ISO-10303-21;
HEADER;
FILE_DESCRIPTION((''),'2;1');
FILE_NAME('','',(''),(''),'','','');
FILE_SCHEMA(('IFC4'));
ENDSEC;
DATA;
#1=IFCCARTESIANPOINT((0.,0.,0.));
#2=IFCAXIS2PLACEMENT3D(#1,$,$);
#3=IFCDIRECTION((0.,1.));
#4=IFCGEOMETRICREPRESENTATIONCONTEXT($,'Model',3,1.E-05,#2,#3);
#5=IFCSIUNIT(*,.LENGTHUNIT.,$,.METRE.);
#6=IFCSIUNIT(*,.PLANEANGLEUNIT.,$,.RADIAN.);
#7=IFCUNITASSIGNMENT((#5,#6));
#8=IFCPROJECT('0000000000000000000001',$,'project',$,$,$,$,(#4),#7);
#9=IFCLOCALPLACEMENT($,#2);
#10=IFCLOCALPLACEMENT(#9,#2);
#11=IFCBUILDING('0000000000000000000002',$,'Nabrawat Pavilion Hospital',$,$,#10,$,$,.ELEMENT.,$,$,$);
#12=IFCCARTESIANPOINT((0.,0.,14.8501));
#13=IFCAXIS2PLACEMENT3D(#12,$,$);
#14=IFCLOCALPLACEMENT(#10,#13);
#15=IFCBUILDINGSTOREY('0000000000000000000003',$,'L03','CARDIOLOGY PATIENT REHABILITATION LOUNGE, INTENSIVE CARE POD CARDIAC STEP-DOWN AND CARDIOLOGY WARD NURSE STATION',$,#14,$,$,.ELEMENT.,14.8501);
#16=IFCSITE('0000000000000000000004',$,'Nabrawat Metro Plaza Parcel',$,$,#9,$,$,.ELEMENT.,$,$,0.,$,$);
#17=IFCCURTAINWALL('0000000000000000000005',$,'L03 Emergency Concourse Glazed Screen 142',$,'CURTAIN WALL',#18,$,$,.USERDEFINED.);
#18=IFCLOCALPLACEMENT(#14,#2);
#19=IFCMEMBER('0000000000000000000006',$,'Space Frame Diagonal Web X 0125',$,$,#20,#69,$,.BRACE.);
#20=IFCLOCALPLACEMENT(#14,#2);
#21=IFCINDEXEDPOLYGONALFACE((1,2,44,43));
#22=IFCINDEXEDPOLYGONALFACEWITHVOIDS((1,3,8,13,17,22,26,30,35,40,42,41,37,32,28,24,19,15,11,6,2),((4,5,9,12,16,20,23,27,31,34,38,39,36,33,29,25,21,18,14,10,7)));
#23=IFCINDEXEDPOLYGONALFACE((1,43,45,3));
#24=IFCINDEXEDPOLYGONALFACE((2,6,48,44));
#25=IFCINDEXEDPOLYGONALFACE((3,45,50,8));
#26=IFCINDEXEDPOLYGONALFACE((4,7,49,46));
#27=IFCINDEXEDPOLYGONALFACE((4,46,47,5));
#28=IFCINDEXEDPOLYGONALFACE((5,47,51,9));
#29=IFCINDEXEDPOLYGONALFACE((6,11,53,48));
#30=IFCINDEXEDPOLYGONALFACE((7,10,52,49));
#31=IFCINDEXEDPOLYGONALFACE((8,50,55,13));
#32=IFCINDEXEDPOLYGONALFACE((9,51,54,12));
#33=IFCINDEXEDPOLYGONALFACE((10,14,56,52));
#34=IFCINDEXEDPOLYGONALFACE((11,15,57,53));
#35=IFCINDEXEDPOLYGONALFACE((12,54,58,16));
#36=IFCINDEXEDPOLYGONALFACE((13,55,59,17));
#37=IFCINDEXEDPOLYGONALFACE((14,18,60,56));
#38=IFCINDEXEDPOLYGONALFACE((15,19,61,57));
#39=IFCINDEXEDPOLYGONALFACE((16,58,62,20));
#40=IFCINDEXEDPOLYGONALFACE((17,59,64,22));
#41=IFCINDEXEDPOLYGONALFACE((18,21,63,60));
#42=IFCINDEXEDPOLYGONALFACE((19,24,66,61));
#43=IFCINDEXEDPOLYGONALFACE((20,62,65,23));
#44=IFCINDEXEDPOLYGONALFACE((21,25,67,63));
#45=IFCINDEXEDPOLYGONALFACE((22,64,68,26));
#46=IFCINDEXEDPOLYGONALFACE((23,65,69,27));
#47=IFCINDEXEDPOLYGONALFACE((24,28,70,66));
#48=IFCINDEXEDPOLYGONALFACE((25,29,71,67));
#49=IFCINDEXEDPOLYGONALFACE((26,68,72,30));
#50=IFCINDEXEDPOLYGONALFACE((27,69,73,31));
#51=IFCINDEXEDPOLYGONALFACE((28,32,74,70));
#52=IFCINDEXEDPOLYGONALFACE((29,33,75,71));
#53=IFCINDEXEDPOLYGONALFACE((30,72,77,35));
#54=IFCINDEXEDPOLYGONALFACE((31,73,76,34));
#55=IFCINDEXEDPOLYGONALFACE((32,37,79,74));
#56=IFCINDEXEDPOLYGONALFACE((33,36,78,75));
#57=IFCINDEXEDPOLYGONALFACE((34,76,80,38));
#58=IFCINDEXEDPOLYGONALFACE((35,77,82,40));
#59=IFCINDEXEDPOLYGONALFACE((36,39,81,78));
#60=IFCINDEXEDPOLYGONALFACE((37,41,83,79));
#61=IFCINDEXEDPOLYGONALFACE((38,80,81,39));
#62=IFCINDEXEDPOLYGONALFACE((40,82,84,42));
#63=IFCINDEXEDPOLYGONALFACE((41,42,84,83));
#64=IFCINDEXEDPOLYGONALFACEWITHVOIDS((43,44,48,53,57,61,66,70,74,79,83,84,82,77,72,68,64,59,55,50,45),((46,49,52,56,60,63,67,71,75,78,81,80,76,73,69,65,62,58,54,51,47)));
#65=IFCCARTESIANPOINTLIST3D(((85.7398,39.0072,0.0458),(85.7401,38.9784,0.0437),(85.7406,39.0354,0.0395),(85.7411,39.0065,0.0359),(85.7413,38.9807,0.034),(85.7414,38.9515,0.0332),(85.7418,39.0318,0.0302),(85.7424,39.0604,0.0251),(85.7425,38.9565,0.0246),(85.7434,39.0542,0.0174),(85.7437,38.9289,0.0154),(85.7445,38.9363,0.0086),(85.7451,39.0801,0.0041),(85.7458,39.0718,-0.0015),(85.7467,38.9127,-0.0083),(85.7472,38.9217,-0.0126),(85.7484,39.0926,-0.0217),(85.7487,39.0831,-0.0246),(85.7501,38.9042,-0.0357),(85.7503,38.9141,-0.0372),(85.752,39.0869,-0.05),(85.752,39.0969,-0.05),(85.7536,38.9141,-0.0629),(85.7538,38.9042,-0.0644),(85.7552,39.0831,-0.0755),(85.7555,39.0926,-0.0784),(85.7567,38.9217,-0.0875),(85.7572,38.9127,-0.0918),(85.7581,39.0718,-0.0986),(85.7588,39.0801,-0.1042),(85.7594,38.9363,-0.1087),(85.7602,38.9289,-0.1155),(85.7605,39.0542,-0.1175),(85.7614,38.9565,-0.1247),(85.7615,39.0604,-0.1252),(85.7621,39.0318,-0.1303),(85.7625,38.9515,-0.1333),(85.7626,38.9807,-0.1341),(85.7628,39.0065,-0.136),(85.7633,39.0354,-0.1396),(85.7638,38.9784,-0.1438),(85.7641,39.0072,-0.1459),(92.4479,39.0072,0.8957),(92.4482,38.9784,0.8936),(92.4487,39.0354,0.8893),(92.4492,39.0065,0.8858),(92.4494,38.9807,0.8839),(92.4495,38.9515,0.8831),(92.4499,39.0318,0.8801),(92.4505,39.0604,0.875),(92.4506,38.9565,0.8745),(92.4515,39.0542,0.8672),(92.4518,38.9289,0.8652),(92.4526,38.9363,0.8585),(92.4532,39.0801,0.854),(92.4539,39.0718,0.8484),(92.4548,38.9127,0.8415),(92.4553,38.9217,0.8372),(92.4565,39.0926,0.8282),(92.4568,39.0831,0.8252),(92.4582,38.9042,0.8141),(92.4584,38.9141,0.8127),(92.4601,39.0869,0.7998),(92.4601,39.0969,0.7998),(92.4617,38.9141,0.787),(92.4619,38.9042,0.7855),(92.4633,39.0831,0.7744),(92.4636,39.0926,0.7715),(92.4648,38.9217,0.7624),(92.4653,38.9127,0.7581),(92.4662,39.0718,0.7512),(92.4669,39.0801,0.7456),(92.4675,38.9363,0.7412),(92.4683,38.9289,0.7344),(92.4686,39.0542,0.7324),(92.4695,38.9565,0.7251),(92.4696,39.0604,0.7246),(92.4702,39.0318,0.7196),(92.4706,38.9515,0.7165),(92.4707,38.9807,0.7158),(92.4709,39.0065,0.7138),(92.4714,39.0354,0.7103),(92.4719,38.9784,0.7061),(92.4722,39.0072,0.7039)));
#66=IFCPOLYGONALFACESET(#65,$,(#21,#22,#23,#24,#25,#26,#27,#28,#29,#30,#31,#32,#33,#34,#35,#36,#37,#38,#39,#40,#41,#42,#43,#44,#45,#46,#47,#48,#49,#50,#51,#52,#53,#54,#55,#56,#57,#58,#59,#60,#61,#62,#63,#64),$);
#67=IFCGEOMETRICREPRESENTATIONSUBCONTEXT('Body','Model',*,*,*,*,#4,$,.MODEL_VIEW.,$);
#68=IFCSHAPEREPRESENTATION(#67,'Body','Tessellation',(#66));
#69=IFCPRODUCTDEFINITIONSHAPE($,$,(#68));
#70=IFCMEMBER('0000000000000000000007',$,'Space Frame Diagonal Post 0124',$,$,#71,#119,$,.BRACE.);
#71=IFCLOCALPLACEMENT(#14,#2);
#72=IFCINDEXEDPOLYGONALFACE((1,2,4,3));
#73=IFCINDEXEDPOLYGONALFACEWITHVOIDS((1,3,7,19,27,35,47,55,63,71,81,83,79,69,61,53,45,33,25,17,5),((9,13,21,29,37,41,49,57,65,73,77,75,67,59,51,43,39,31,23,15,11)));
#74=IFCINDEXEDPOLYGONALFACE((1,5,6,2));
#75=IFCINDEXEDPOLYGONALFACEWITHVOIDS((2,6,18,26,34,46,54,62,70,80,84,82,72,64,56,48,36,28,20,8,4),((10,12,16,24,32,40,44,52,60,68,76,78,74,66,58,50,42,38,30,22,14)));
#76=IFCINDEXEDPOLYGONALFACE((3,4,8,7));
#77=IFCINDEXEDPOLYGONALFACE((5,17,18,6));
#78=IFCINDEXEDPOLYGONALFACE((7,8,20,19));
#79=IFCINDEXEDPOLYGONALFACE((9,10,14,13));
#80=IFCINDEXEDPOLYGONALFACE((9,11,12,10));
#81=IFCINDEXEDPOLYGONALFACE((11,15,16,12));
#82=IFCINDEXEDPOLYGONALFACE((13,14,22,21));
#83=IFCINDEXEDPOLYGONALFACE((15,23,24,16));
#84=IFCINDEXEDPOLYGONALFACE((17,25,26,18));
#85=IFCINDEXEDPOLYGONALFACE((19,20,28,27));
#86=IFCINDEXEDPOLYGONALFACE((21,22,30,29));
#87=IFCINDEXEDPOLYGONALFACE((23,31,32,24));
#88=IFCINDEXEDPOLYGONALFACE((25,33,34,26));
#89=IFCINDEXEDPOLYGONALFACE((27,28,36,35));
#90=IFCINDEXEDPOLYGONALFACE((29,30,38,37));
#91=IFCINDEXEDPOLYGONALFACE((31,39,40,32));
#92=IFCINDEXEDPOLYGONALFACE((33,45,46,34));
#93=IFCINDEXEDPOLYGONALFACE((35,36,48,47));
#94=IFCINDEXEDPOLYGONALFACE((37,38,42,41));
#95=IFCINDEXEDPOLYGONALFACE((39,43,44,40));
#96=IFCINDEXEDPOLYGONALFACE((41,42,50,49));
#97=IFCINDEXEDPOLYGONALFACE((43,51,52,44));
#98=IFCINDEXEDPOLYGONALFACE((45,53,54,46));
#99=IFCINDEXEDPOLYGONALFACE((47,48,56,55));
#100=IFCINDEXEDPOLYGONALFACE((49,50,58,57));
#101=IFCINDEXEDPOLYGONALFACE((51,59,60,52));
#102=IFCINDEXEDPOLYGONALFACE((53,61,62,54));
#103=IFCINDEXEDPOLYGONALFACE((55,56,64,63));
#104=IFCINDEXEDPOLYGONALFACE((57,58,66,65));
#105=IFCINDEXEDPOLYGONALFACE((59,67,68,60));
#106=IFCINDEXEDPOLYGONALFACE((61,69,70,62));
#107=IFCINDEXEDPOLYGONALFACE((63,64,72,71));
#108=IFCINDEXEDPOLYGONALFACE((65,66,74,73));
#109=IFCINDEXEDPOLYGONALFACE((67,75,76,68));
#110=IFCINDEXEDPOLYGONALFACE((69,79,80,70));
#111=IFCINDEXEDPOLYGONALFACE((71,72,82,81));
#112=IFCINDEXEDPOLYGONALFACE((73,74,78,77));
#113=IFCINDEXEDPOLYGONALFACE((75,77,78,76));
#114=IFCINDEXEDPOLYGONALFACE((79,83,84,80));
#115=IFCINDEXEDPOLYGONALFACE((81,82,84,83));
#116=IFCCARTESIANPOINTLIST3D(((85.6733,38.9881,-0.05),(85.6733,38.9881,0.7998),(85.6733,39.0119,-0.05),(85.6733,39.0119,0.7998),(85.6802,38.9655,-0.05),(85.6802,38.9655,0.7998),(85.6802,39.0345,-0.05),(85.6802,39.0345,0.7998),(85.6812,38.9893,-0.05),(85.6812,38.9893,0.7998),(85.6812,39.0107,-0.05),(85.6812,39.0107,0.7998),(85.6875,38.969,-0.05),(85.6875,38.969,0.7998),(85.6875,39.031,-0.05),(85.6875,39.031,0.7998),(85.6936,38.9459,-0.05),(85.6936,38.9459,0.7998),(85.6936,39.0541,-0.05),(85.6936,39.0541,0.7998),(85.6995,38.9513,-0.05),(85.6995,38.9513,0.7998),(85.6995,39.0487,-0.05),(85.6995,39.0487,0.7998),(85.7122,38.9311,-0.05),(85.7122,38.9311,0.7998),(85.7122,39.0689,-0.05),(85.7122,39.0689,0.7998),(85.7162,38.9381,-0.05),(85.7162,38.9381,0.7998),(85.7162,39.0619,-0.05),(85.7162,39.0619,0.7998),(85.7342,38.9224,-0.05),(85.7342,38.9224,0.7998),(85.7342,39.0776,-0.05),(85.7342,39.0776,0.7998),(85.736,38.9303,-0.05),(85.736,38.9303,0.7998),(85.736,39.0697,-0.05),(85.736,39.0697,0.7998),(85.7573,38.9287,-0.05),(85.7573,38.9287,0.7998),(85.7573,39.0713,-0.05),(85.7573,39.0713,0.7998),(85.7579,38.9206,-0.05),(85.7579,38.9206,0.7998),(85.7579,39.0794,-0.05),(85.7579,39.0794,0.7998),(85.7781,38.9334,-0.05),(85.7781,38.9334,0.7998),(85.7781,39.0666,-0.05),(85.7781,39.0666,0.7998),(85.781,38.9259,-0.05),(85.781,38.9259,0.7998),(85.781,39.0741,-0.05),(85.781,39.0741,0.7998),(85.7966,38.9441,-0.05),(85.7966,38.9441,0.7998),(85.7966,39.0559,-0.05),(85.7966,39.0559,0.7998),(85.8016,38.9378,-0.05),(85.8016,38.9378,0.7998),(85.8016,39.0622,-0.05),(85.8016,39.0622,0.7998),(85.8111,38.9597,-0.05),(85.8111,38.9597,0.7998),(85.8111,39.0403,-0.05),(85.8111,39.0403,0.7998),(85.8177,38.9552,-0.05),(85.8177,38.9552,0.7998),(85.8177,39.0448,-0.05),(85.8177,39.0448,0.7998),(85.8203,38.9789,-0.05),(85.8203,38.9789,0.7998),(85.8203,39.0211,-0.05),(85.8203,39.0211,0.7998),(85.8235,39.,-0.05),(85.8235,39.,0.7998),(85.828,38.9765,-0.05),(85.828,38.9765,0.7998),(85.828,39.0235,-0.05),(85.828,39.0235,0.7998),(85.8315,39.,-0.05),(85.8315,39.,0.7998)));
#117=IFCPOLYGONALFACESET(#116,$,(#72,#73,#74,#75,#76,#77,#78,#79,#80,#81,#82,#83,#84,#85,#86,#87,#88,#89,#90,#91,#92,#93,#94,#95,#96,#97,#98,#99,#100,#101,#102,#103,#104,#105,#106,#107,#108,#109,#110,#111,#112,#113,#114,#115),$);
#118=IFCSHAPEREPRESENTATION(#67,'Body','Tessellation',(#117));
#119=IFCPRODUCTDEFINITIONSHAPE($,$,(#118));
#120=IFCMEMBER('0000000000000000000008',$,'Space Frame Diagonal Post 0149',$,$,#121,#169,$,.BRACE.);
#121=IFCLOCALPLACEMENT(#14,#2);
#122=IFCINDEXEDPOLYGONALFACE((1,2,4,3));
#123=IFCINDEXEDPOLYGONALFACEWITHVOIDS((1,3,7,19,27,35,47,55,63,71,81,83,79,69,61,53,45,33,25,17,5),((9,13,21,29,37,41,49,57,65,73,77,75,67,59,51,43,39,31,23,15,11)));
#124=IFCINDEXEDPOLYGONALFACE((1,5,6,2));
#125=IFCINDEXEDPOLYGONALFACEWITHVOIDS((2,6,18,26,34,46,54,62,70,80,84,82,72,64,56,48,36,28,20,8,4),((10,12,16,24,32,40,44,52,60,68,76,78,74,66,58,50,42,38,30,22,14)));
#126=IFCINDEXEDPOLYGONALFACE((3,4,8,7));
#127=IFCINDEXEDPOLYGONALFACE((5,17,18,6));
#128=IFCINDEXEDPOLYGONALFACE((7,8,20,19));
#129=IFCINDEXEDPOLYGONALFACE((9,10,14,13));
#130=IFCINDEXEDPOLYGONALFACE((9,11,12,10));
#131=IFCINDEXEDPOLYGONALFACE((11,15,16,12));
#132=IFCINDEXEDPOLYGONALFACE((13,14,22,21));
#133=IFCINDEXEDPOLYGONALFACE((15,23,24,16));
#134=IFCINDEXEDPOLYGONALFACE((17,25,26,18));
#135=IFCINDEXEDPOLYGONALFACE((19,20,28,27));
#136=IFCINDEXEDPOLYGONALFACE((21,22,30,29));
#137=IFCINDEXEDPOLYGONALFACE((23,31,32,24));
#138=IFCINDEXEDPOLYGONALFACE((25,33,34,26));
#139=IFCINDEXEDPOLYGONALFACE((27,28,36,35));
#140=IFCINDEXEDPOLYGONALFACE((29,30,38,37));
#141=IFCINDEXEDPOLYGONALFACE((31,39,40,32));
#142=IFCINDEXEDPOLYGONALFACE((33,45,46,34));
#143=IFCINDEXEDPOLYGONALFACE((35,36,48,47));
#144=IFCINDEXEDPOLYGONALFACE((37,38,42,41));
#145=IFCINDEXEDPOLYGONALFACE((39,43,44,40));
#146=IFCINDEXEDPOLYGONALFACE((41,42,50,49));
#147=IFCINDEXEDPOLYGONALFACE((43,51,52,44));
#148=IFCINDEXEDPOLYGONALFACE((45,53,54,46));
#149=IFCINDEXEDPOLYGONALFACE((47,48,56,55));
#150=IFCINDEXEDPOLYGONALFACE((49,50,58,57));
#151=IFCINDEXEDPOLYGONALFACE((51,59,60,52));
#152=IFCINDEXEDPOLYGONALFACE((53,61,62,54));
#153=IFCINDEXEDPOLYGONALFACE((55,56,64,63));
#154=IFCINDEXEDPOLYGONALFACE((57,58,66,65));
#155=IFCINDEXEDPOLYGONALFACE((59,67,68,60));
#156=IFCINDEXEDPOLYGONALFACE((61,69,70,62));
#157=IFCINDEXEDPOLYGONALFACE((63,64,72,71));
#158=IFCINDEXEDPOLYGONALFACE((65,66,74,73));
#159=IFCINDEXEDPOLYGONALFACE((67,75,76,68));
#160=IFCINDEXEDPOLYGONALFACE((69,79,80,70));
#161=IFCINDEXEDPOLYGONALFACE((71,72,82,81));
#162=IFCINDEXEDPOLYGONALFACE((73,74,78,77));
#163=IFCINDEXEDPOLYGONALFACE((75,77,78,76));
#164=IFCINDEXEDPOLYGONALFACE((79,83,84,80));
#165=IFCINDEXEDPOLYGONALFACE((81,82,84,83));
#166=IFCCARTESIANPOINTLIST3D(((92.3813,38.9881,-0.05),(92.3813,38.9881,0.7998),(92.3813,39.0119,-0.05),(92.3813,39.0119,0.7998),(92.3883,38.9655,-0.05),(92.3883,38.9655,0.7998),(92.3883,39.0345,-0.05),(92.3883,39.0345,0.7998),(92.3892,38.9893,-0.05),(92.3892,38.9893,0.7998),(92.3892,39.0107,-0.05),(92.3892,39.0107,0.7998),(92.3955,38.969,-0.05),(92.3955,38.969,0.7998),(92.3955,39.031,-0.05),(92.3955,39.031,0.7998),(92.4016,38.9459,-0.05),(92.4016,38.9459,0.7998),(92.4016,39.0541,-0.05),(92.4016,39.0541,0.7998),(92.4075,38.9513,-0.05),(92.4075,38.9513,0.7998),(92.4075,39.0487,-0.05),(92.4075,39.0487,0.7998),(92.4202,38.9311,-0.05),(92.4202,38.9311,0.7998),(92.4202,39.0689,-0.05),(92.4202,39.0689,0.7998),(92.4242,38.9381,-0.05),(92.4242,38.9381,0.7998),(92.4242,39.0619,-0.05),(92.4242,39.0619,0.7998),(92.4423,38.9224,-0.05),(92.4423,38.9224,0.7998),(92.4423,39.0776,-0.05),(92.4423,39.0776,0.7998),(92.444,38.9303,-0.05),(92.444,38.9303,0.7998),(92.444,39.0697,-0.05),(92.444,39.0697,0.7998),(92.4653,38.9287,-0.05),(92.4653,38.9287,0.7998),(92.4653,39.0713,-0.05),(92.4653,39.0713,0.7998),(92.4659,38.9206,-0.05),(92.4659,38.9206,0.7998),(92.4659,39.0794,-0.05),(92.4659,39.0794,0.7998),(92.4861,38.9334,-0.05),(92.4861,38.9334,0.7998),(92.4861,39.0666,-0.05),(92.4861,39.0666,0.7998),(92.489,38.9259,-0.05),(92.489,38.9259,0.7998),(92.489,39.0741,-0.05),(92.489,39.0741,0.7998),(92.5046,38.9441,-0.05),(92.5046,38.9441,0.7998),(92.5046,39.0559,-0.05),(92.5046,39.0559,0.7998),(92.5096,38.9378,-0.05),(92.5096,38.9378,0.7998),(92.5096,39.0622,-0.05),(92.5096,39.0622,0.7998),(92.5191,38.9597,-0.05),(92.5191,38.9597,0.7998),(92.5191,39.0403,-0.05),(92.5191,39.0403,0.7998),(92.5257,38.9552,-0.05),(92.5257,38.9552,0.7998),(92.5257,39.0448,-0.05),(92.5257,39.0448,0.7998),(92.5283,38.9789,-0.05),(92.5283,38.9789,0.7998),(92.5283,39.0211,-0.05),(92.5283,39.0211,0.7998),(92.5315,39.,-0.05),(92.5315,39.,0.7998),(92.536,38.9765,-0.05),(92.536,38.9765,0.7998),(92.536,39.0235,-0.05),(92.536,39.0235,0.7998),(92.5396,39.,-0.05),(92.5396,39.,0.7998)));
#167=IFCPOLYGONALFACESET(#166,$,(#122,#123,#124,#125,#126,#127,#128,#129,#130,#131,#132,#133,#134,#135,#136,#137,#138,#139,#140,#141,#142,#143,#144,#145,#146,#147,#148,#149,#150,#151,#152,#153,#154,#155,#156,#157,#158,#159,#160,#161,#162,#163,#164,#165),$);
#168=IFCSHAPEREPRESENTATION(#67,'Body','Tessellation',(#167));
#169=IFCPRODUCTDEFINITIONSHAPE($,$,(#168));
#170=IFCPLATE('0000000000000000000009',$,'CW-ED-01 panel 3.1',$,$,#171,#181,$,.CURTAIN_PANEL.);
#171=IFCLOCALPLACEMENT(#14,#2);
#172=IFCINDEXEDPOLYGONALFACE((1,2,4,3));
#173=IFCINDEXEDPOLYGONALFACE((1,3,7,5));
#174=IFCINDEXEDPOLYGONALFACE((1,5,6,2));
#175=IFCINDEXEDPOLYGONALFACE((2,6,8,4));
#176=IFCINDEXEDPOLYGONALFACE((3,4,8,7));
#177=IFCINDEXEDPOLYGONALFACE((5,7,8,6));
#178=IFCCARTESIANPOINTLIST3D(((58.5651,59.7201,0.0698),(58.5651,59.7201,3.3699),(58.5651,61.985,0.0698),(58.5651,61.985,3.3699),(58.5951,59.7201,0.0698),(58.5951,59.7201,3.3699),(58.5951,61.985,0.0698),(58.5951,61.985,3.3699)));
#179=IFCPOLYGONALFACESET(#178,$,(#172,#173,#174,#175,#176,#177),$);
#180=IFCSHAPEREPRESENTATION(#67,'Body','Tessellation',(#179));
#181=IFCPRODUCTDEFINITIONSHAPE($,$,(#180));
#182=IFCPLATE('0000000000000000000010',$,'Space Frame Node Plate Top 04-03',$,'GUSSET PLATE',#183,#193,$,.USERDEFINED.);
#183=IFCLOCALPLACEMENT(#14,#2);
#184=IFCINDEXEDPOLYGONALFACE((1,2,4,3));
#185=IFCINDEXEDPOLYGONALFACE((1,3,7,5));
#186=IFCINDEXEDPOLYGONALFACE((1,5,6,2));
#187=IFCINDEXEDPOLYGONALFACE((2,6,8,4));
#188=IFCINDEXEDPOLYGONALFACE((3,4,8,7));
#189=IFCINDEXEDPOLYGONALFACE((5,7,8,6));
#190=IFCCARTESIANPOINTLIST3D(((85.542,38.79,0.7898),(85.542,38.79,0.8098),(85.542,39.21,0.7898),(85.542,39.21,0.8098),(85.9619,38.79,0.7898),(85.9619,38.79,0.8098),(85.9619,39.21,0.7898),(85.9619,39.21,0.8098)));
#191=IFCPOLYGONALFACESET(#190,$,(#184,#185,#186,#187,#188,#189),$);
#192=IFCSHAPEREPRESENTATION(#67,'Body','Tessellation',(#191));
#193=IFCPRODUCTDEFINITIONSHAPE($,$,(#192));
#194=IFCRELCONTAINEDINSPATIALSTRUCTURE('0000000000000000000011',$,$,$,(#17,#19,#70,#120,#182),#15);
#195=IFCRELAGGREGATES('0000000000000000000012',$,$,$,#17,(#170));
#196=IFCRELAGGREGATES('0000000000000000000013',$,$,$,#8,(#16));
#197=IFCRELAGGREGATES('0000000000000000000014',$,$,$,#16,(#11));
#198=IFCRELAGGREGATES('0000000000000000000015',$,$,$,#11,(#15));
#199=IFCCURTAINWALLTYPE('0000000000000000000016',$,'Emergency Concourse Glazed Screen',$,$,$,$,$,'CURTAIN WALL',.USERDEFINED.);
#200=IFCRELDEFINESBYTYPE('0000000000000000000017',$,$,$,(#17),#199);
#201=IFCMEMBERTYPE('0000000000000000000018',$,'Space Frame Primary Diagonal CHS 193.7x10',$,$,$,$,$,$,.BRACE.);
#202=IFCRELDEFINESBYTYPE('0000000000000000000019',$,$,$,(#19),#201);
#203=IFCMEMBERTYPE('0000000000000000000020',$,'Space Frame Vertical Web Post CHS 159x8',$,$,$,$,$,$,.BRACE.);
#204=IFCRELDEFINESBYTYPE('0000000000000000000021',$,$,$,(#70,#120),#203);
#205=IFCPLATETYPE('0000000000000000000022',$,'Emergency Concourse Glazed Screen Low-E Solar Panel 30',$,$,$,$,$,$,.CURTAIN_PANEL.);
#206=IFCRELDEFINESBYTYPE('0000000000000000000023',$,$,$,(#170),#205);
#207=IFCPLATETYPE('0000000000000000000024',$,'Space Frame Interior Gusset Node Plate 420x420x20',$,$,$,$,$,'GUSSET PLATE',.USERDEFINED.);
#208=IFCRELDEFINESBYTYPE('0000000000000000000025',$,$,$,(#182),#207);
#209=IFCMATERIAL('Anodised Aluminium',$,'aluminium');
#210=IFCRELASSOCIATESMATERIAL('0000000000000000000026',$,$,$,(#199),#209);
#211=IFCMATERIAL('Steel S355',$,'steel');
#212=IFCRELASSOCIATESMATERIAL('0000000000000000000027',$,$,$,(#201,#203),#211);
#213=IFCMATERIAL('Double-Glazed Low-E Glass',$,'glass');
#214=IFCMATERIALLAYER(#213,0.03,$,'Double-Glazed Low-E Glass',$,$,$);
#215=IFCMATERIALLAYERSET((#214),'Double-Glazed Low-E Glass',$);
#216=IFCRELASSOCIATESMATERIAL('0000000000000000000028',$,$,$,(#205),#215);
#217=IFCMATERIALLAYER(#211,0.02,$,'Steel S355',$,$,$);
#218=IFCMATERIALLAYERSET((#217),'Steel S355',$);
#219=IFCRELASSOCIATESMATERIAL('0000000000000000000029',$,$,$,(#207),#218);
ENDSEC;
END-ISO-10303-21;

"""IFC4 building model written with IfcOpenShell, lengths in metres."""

from ifc_helpers import new_model, si_unit, direction, frame, origin, origin_2d, place, context, subcontext, project, spatial, rectangle, hollow_circle, extrude, material, layer, layer_set, material_profile, profile_set, type_object, element, aggregate, save


model = new_model("IFC4")

# Units and contexts
model_context = context("Model", 3, precision=1e-05, world=origin(), true_north=direction((0.0, 1.0)))
body_context = subcontext(model_context, "Body", "Model", "MODEL_VIEW")
ifc_project = project(units=[si_unit("LENGTHUNIT", "METRE"), si_unit("PLANEANGLEUNIT", "RADIAN")], contexts=[model_context])

# Site, building, storey
site_placement = place(None, origin())
site = spatial("IfcSite", under=ifc_project, at=site_placement, Name="Nabrawat Metro Plaza Parcel", CompositionType="ELEMENT", RefElevation=0.0)
building_placement = place(site_placement, origin())
building = spatial("IfcBuilding", under=site, at=building_placement, Name="Nabrawat Pavilion Hospital", CompositionType="ELEMENT")
storey_placement = place(building_placement, frame((0.0, 0.0, 14.8501)))
storey = spatial("IfcBuildingStorey", under=building, at=storey_placement, Name="L03", Description="CARDIOLOGY PATIENT REHABILITATION LOUNGE, INTENSIVE CARE POD CARDIAC STEP-DOWN AND CARDIOLOGY WARD NURSE STATION", CompositionType="ELEMENT", Elevation=14.8501)

# Shared definitions
ifc_material_1 = material(Name="Steel S355", Category="steel")

# Curtain wall
ifc_material_2 = material(Name="Anodised Aluminium", Category="aluminium")
curtain_wall_type = type_object("IfcCurtainWallType", Name="Emergency Concourse Glazed Screen", ElementType="CURTAIN WALL", PredefinedType="USERDEFINED", material=ifc_material_2)
curtain_wall_placement = place(storey_placement, origin())
curtain_wall = element("IfcCurtainWall", 1, at=curtain_wall_placement, inside=storey, type_object=curtain_wall_type, Name="L03 Emergency Concourse Glazed Screen 142", ObjectType="CURTAIN WALL", PredefinedType="USERDEFINED")

# Members
ifc_material_profile_1 = material_profile(ifc_material_1, hollow_circle(Radius=0.0969, WallThickness=0.01, at=origin_2d()), Name="CHS 193.7x10")
ifc_profile_set_1 = profile_set([ifc_material_profile_1], Name="Steel S355")
member_type_1 = type_object("IfcMemberType", Name="Space Frame Primary Diagonal CHS 193.7x10", PredefinedType="BRACE", material=ifc_profile_set_1)
member_1_placement = place(storey_placement, frame((85.752, 39.0, -0.05), z_axis=(0.99207, 0.0, 0.125688), x_axis=(0.0, 1.0, 0.0)))
element("IfcMember", 2, at=member_1_placement, inside=storey, type_object=member_type_1, Name="Space Frame Diagonal Web X 0125", PredefinedType="BRACE", context=body_context, shape_type="SweptSolid", body=[
    extrude(hollow_circle(Radius=0.0969, WallThickness=0.01, at=origin_2d()), origin(), (0.0, 0.0, 1.0), 6.7617),
])
ifc_material_profile_2 = material_profile(ifc_material_1, hollow_circle(Radius=0.0796, WallThickness=0.0081, at=origin_2d()), Name="CHS 159x8")
ifc_profile_set_2 = profile_set([ifc_material_profile_2], Name="Steel S355")
member_type_2 = type_object("IfcMemberType", Name="Space Frame Vertical Web Post CHS 159x8", PredefinedType="BRACE", material=ifc_profile_set_2)
for number, where, z_axis, x_axis, name in (
    (3, (85.752, 39.0, -0.05), (0.0, 0.0, 1.0), (1.0, 0.0, 0.0), "Space Frame Diagonal Post 0124"),
    (4, (92.46, 39.0, -0.05), (0.0, 0.0, 1.0), (1.0, 0.0, 0.0), "Space Frame Diagonal Post 0149"),
):
    element("IfcMember", number, at=place(storey_placement, frame(where, z_axis=z_axis, x_axis=x_axis)), inside=storey, type_object=member_type_2, Name=name, PredefinedType="BRACE", context=body_context, shape_type="SweptSolid", body=[
        extrude(hollow_circle(Radius=0.0796, WallThickness=0.0081, at=origin_2d()), origin(), (0.0, 0.0, 1.0), 0.8499),
    ])

# Plate
ifc_material_3 = material(Name="Double-Glazed Low-E Glass", Category="glass")
ifc_layer_1 = layer(ifc_material_3, 0.03, Name="Double-Glazed Low-E Glass")
ifc_layer_set_1 = layer_set([ifc_layer_1], Name="Double-Glazed Low-E Glass")
plate_type_1 = type_object("IfcPlateType", Name="Emergency Concourse Glazed Screen Low-E Solar Panel 30", PredefinedType="CURTAIN_PANEL", material=ifc_layer_set_1)
plate_placement = place(storey_placement, frame((58.5801, 60.8525, 0.0698), z_axis=(0.0, 0.0, 1.0), x_axis=(0.0, 1.0, 0.0)))
plate = element("IfcPlate", 5, at=plate_placement, type_object=plate_type_1, Name="CW-ED-01 panel 3.1", PredefinedType="CURTAIN_PANEL", context=body_context, shape_type="SweptSolid", body=[
    extrude(rectangle(XDim=2.2649, YDim=0.03, at=origin_2d()), origin(), (0.0, 0.0, 1.0), 3.3),
])
aggregate(curtain_wall, [plate])

# Plate
ifc_layer_2 = layer(ifc_material_1, 0.02, Name="Steel S355")
ifc_layer_set_2 = layer_set([ifc_layer_2], Name="Steel S355")
plate_type_2 = type_object("IfcPlateType", Name="Space Frame Interior Gusset Node Plate 420x420x20", ElementType="GUSSET PLATE", PredefinedType="USERDEFINED", material=ifc_layer_set_2)
for number, where, z_axis, x_axis, name in (
    (6, (85.752, 39.0, 0.7898), (0.0, 0.0, 1.0), (1.0, 0.0, 0.0), "Space Frame Node Plate Top 04-03"),
):
    element("IfcPlate", number, at=place(storey_placement, frame(where, z_axis=z_axis, x_axis=x_axis)), inside=storey, type_object=plate_type_2, Name=name, ObjectType="GUSSET PLATE", PredefinedType="USERDEFINED", context=body_context, shape_type="SweptSolid", body=[
        extrude(rectangle(XDim=0.4199, YDim=0.4199, at=origin_2d()), origin(), (0.0, 0.0, 1.0), 0.02),
    ])

save(model, "model.ifc")
